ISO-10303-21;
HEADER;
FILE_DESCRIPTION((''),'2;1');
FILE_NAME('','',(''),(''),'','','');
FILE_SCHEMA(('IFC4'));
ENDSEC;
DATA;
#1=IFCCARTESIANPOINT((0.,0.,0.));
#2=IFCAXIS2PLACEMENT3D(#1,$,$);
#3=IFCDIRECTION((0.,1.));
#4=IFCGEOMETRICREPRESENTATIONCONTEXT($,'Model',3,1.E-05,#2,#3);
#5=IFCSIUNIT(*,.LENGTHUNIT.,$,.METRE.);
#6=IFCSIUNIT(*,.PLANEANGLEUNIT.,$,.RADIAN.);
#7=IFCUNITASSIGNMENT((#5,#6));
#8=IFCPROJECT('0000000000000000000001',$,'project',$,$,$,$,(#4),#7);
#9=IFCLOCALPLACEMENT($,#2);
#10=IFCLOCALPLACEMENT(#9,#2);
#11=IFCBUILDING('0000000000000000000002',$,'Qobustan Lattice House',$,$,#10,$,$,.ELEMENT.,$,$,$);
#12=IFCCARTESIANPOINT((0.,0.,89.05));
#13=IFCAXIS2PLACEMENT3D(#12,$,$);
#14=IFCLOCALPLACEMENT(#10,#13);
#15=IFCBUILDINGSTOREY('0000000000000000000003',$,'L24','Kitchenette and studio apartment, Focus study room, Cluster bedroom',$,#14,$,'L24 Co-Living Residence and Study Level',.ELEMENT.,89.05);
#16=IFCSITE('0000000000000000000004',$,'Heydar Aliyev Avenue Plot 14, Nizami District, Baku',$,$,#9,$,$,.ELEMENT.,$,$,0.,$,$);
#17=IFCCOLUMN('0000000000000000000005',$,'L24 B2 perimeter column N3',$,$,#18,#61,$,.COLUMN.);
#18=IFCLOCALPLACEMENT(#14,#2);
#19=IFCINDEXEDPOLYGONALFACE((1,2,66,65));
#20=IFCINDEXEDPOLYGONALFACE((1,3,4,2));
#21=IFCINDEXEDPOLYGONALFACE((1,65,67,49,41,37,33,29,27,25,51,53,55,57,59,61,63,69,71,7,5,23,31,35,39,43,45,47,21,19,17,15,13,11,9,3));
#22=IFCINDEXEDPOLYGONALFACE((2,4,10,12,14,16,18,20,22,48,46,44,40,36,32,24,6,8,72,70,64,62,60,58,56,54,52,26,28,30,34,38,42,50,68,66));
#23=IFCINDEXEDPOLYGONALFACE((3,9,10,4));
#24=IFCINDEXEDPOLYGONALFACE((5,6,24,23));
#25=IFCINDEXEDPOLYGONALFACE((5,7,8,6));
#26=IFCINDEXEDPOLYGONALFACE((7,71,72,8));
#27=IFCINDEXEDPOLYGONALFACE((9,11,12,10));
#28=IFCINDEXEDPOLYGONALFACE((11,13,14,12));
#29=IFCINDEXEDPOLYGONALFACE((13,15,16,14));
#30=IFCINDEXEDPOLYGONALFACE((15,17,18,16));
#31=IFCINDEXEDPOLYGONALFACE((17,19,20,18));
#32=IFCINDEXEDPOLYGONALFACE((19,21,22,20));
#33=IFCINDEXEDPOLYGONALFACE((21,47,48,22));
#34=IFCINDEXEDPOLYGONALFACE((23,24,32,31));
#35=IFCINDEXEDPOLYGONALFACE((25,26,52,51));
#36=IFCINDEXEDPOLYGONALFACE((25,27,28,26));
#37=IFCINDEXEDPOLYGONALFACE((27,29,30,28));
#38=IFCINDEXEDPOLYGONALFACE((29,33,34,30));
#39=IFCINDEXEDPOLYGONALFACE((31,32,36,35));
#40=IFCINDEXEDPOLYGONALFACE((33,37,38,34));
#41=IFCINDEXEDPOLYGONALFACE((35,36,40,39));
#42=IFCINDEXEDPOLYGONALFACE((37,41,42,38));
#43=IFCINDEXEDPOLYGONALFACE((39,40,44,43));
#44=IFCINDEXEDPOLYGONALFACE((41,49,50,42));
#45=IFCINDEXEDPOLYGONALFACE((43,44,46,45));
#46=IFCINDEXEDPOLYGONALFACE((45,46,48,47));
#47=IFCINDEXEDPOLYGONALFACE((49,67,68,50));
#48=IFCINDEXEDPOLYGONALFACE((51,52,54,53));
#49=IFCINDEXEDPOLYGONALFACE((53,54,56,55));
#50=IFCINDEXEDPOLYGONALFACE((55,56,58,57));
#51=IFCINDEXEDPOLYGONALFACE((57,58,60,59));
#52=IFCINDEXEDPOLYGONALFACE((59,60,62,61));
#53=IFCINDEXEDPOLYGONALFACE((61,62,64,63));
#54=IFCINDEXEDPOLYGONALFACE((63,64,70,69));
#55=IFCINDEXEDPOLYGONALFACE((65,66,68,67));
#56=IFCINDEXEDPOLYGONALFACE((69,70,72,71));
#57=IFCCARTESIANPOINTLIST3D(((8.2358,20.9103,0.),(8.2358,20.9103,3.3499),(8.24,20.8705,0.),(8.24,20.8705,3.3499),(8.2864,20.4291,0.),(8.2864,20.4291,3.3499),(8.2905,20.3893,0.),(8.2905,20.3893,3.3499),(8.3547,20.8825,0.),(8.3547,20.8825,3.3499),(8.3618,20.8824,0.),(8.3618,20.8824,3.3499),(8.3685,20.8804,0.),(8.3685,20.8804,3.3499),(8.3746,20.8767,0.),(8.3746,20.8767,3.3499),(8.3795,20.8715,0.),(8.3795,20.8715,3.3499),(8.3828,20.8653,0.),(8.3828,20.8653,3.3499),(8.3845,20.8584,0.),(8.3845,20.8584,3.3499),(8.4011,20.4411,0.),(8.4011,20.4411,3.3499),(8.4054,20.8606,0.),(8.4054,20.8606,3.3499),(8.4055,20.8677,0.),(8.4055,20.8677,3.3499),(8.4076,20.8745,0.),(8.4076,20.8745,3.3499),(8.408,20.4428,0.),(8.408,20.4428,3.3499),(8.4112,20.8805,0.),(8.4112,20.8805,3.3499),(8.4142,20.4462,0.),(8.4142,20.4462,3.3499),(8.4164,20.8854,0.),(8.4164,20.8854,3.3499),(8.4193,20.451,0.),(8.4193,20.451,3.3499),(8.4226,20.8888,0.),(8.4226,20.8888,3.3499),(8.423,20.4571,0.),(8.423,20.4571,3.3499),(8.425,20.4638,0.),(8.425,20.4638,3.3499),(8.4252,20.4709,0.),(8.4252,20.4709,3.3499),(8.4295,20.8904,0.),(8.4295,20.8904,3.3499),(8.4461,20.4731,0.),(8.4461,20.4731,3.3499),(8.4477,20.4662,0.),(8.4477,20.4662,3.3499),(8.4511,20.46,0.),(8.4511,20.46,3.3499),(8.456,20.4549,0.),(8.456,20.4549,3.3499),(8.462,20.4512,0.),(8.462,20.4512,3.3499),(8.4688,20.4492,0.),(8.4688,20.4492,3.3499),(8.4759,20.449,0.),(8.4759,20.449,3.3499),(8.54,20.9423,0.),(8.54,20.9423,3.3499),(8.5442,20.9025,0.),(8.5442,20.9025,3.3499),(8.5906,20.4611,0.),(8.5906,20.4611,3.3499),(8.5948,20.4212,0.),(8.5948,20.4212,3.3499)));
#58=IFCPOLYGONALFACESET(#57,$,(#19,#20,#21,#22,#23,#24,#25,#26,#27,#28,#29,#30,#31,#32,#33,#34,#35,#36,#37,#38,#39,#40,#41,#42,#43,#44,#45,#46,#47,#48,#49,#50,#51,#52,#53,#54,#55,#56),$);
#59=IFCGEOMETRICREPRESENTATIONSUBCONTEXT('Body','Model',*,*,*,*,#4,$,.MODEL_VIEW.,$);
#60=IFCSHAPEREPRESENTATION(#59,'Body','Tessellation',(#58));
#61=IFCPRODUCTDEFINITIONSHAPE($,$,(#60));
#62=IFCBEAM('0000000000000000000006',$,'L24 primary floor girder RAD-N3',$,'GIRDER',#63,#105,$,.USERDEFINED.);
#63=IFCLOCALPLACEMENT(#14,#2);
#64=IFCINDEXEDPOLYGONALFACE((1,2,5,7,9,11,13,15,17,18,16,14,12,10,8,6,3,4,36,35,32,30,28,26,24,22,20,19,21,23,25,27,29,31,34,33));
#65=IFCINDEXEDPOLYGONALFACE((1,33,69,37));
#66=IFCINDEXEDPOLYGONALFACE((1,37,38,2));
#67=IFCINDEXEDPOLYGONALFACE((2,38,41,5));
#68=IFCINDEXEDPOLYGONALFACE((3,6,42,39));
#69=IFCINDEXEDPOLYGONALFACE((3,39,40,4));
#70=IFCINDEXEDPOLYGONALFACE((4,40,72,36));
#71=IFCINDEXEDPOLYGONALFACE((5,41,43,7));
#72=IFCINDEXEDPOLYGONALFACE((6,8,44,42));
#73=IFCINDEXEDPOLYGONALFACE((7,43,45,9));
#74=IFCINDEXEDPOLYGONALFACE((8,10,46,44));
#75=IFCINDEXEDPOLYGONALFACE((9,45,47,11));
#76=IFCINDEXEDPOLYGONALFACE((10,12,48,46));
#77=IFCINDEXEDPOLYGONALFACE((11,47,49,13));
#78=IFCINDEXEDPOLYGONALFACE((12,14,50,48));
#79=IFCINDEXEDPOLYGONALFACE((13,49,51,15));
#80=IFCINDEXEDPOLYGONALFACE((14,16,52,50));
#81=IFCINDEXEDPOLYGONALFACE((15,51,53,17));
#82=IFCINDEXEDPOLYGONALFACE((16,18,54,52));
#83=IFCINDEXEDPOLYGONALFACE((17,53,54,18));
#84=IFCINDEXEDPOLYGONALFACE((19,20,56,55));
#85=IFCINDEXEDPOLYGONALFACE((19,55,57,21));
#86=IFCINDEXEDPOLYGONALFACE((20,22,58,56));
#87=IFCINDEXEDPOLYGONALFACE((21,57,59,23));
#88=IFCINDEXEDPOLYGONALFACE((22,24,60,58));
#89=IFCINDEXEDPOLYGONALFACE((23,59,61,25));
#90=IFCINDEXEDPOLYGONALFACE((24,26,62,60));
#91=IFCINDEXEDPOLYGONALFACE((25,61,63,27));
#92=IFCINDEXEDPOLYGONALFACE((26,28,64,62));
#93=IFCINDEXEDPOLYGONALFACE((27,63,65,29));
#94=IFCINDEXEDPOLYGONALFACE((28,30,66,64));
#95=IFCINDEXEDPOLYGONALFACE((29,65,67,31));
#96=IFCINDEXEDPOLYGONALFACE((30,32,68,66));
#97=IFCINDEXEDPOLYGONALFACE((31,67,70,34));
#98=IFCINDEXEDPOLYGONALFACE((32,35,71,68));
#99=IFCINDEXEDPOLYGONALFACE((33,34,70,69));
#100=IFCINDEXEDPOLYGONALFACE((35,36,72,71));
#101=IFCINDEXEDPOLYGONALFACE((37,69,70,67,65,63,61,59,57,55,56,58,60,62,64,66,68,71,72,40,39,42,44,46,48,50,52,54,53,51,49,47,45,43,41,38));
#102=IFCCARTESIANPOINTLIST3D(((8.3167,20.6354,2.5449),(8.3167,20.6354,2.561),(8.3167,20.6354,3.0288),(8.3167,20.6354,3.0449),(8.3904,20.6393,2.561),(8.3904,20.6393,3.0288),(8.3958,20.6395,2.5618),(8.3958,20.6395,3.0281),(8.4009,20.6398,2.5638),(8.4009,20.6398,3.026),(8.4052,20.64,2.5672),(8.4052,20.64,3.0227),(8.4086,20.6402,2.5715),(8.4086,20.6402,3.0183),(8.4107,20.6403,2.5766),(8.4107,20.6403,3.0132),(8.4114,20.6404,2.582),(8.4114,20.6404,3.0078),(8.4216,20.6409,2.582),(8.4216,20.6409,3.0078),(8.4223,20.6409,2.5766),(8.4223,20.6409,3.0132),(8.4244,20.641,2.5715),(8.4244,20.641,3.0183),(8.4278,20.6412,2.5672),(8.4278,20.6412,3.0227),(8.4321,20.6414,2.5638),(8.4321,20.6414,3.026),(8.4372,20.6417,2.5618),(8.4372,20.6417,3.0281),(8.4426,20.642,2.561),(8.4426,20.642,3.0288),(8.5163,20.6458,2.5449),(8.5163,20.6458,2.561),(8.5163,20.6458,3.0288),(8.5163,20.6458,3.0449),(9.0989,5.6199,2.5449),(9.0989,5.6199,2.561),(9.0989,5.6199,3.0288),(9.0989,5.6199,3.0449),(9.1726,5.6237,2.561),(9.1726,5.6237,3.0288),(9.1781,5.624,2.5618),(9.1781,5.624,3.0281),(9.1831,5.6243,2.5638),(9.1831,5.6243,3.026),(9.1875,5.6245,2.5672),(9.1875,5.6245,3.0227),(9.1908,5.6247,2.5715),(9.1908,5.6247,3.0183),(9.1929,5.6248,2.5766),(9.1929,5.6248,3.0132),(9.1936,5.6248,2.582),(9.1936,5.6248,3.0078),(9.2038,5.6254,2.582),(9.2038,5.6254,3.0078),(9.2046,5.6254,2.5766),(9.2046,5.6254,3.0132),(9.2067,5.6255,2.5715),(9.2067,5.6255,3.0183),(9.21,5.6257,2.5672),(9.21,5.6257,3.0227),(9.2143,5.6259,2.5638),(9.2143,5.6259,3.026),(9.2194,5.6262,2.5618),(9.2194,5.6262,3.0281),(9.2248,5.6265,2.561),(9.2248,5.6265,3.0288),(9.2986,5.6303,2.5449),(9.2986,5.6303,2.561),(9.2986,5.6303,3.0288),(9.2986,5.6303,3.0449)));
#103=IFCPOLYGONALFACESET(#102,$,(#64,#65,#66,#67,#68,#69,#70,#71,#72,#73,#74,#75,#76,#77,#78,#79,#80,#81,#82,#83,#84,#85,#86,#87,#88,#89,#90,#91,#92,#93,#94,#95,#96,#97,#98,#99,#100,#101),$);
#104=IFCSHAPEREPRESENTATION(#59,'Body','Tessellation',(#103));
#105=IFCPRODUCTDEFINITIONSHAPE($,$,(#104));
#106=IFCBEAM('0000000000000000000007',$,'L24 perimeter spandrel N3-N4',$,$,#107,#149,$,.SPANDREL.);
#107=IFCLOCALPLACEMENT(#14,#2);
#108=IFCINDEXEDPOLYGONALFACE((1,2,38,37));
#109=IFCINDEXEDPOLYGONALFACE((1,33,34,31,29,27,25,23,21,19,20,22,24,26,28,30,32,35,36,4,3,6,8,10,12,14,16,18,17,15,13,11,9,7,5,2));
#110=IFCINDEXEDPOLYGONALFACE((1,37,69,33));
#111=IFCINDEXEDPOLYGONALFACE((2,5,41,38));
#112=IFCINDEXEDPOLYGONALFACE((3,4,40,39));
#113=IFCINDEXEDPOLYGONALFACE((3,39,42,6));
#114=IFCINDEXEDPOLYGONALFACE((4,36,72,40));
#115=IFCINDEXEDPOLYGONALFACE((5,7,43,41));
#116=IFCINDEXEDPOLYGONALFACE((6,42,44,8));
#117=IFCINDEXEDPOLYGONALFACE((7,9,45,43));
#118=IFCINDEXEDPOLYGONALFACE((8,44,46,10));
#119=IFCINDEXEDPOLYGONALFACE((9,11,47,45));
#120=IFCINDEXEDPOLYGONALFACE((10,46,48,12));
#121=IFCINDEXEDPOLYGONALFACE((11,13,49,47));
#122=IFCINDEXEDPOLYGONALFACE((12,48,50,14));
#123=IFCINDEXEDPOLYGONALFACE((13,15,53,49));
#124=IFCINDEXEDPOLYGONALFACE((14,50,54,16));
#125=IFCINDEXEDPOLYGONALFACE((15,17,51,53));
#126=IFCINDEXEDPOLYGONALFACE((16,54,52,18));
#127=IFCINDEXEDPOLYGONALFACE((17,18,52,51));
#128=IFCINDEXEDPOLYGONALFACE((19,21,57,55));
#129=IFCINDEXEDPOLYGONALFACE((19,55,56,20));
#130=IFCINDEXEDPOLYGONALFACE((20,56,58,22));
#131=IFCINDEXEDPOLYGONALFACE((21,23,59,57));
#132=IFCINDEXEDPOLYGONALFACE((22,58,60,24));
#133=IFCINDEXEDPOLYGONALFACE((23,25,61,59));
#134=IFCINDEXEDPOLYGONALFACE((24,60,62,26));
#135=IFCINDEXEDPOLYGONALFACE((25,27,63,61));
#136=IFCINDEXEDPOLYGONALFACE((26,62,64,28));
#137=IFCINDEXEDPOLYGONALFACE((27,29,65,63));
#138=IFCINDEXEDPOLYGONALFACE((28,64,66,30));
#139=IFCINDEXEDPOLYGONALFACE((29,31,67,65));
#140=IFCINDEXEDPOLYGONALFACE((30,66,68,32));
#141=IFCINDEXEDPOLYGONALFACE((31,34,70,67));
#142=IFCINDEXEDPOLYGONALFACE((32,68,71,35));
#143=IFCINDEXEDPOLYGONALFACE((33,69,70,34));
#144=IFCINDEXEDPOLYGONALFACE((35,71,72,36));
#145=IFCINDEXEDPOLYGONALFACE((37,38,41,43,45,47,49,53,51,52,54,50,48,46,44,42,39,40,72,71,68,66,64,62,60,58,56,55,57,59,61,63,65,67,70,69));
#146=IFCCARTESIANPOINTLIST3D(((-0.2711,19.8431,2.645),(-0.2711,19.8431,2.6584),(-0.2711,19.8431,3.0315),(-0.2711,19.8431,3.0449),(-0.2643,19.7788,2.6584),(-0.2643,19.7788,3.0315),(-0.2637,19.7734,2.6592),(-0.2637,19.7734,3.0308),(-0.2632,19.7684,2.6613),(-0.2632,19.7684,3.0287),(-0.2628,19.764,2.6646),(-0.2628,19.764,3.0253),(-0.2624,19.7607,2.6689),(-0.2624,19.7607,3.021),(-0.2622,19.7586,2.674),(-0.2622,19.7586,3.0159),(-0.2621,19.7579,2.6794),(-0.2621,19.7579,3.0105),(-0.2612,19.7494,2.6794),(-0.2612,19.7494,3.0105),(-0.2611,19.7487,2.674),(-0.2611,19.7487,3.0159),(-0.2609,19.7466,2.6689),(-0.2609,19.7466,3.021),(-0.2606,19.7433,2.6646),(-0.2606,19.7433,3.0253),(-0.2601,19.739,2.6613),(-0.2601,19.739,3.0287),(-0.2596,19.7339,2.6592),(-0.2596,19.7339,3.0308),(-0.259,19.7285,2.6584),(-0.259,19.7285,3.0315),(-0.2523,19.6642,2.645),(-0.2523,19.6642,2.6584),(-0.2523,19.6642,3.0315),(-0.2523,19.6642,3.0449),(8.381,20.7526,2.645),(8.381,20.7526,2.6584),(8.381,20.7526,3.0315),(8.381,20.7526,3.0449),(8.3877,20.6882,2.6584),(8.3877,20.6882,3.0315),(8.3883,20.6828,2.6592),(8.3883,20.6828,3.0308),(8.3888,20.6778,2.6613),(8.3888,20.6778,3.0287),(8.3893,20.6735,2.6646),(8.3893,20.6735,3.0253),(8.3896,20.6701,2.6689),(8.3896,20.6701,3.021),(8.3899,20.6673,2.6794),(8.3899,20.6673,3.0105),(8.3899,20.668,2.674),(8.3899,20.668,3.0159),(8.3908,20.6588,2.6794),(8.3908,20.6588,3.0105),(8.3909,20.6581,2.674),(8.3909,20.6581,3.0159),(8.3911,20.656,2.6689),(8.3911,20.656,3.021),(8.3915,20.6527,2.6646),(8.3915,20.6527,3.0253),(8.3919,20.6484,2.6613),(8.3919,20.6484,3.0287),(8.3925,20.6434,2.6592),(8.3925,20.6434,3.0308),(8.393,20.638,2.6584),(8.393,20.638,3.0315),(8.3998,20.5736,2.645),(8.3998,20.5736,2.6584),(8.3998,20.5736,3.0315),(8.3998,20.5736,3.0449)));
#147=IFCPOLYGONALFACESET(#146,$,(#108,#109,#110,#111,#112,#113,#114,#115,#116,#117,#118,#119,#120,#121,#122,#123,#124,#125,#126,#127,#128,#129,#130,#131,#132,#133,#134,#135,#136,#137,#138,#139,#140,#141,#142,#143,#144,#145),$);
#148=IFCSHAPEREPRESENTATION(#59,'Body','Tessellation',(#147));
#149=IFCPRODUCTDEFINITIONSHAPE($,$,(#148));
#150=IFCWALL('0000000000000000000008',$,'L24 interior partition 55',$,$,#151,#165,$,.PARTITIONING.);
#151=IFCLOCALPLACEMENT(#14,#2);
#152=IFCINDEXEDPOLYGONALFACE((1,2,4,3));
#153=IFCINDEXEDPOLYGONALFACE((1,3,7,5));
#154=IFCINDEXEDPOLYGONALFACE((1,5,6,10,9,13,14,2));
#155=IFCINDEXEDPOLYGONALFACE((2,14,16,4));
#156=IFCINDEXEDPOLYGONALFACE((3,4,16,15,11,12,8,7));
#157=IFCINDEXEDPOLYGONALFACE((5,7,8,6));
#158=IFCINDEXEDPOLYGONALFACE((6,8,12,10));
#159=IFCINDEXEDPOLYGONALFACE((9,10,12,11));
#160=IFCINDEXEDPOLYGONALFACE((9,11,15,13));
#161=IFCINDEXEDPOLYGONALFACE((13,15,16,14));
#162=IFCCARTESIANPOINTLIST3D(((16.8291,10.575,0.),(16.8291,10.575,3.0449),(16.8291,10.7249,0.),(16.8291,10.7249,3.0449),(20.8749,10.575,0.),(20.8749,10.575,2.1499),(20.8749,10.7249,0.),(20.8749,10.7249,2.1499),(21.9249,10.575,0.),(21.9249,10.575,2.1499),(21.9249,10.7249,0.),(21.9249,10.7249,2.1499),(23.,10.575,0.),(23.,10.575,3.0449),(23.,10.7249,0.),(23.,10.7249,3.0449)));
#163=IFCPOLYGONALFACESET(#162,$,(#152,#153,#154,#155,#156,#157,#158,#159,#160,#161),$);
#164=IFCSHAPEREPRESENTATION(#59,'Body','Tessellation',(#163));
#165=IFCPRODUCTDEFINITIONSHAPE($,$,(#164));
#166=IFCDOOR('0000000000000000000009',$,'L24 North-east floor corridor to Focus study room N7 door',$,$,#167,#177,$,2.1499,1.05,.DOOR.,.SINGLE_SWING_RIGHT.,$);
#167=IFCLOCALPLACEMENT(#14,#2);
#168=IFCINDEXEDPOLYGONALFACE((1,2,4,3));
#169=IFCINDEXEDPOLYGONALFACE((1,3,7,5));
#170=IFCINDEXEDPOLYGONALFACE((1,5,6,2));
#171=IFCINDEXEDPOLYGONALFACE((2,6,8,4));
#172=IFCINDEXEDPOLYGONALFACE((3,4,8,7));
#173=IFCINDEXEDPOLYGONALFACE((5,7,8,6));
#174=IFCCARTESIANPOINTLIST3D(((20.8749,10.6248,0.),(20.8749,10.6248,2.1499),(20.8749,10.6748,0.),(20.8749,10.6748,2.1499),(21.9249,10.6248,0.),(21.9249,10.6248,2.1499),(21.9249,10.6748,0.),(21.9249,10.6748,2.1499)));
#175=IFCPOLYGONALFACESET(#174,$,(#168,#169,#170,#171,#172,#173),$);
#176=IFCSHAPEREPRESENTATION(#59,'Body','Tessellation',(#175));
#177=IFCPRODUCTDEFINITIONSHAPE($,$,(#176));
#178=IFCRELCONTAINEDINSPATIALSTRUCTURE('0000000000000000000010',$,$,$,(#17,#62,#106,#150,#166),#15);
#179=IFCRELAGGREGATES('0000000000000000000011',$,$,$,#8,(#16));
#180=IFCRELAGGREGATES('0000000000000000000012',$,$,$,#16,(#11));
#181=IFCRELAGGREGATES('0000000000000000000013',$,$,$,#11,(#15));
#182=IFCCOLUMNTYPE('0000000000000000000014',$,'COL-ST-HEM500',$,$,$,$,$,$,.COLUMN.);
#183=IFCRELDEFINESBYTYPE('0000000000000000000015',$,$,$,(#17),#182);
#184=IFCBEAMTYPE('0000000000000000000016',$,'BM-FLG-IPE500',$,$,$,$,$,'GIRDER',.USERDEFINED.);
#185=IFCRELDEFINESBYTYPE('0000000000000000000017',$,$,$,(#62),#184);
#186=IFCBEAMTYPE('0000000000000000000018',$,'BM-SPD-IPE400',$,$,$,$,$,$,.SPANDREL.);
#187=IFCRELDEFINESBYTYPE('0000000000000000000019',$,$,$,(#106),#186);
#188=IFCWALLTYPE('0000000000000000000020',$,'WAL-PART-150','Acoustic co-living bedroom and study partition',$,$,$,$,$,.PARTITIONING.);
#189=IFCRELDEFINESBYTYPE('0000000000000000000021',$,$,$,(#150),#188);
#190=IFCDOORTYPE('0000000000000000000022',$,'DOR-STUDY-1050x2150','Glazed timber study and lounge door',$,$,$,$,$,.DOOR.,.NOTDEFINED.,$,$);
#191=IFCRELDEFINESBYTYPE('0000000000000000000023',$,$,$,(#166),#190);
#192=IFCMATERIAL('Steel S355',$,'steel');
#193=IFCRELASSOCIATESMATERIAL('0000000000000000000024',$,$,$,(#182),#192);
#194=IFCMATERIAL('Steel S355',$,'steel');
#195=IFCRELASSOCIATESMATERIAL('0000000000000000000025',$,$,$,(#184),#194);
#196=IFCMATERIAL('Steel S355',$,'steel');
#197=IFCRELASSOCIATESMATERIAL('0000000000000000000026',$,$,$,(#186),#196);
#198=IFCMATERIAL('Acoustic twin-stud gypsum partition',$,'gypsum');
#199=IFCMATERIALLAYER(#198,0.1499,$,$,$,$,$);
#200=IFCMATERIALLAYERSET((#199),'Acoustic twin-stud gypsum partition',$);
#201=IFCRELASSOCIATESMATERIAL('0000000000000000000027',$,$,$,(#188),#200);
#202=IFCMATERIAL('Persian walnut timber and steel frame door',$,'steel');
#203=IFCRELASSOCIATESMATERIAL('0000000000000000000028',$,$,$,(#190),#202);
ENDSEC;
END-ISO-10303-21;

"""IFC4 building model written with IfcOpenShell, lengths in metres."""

from ifc_helpers import new_model, si_unit, direction, frame, frame_2d, origin, origin_2d, place, context, subcontext, project, spatial, rectangle, i_section, extrude, material, layer, layer_set, material_profile, profile_set, type_object, element, fill, save


model = new_model("IFC4")

# Units and contexts
model_context = context("Model", 3, precision=1e-05, world=origin(), true_north=direction((0.0, 1.0)))
body_context = subcontext(model_context, "Body", "Model", "MODEL_VIEW")
ifc_project = project(units=[si_unit("LENGTHUNIT", "METRE"), si_unit("PLANEANGLEUNIT", "RADIAN")], contexts=[model_context])

# Site, building, storey
site_placement = place(None, origin())
site = spatial("IfcSite", under=ifc_project, at=site_placement, Name="Heydar Aliyev Avenue Plot 14, Nizami District, Baku", CompositionType="ELEMENT", RefElevation=0.0)
building_placement = place(site_placement, origin())
building = spatial("IfcBuilding", under=site, at=building_placement, Name="Qobustan Lattice House", CompositionType="ELEMENT")
storey_placement = place(building_placement, frame((0.0, 0.0, 89.05)))
storey = spatial("IfcBuildingStorey", under=building, at=storey_placement, Name="L24", Description="Kitchenette and studio apartment, Focus study room, Cluster bedroom", LongName="L24 Co-Living Residence and Study Level", CompositionType="ELEMENT", Elevation=89.05)

# Column
ifc_material_1 = material(Name="Steel S355", Category="steel")
ifc_material_profile_1 = material_profile(ifc_material_1, i_section(OverallWidth=0.3059, OverallDepth=0.5239, WebThickness=0.021, FlangeThickness=0.04, FilletRadius=0.0271, at=origin_2d()), Name="HEM500")
ifc_profile_set_1 = profile_set([ifc_material_profile_1], Name="Steel S355")
column_type = type_object("IfcColumnType", Name="COL-ST-HEM500", PredefinedType="COLUMN", material=ifc_profile_set_1)
column_placement = place(storey_placement, frame((8.4153, 20.6658, 0.0), z_axis=(0.0, 0.0, 1.0), x_axis=(0.994522, 0.104528, 0.0)))
element("IfcColumn", 1, at=column_placement, inside=storey, type_object=column_type, Name="L24 B2 perimeter column N3", PredefinedType="COLUMN", context=body_context, shape_type="SweptSolid", body=[
    extrude(i_section(OverallWidth=0.3059, OverallDepth=0.5239, WebThickness=0.021, FlangeThickness=0.04, FilletRadius=0.0271, at=origin_2d()), origin(), (0.0, 0.0, 1.0), 3.3499),
])

# Beams
ifc_material_2 = material(Name="Steel S355", Category="steel")
ifc_material_profile_2 = material_profile(ifc_material_2, i_section(OverallWidth=0.2, OverallDepth=0.5, WebThickness=0.0103, FlangeThickness=0.0161, FilletRadius=0.021, at=origin_2d()), Name="IPE500")
ifc_profile_set_2 = profile_set([ifc_material_profile_2], Name="Steel S355")
beam_type_1 = type_object("IfcBeamType", Name="BM-FLG-IPE500", ElementType="GIRDER", PredefinedType="USERDEFINED", material=ifc_profile_set_2)
beam_1_placement = place(storey_placement, frame((8.4165, 20.6406, 2.7949), z_axis=(0.052024, -0.998646, 0.0), x_axis=(0.998646, 0.052024, 0.0)))
element("IfcBeam", 2, at=beam_1_placement, inside=storey, type_object=beam_type_1, Name="L24 primary floor girder RAD-N3", ObjectType="GIRDER", PredefinedType="USERDEFINED", context=body_context, shape_type="SweptSolid", body=[
    extrude(i_section(OverallWidth=0.2, OverallDepth=0.5, WebThickness=0.0103, FlangeThickness=0.0161, FilletRadius=0.021, at=origin_2d()), origin(), (0.0, 0.0, 1.0), 15.0359),
])
ifc_material_3 = material(Name="Steel S355", Category="steel")
ifc_material_profile_3 = material_profile(ifc_material_3, i_section(OverallWidth=0.1799, OverallDepth=0.3999, WebThickness=0.0085, FlangeThickness=0.0134, FilletRadius=0.021, at=origin_2d()), Name="IPE400")
ifc_profile_set_3 = profile_set([ifc_material_profile_3], Name="Steel S355")
beam_type_2 = type_object("IfcBeamType", Name="BM-SPD-IPE400", PredefinedType="SPANDREL", material=ifc_profile_set_3)
beam_2_placement = place(storey_placement, frame((8.3904, 20.6631, 2.845), z_axis=(-0.994521, -0.104534, 0.0), x_axis=(0.104534, -0.994521, 0.0)))
element("IfcBeam", 3, at=beam_2_placement, inside=storey, type_object=beam_type_2, Name="L24 perimeter spandrel N3-N4", PredefinedType="SPANDREL", context=body_context, shape_type="SweptSolid", body=[
    extrude(i_section(OverallWidth=0.1799, OverallDepth=0.3999, WebThickness=0.0085, FlangeThickness=0.0134, FilletRadius=0.021, at=origin_2d()), origin(), (0.0, 0.0, 1.0), 8.6997),
])

# Wall, opening, door
ifc_material_4 = material(Name="Acoustic twin-stud gypsum partition", Category="gypsum")
ifc_layer_1 = layer(ifc_material_4, 0.1499)
ifc_layer_set_1 = layer_set([ifc_layer_1], Name="Acoustic twin-stud gypsum partition")
wall_type_1 = type_object("IfcWallType", Name="WAL-PART-150", Description="Acoustic co-living bedroom and study partition", PredefinedType="PARTITIONING", material=ifc_layer_set_1)
wall_1_placement = place(storey_placement, frame((16.8291, 10.6499, 0.0), z_axis=(0.0, 0.0, 1.0), x_axis=(1.0, 0.0, 0.0)))
wall_1 = element("IfcWall", 4, at=wall_1_placement, inside=storey, type_object=wall_type_1, Name="L24 interior partition 55", PredefinedType="PARTITIONING", context=body_context, shape_type="SweptSolid", body=[
    extrude(rectangle(XDim=6.1709, YDim=0.1499, at=frame_2d((3.0854, 0.0))), origin(), (0.0, 0.0, 1.0), 3.0449),
])
opening_1_placement = place(wall_1_placement, frame((4.0459, 0.0, 0.0)))
opening_1 = element("IfcOpeningElement", 5, at=opening_1_placement, cuts=wall_1, PredefinedType="OPENING", context=body_context, shape_type="SweptSolid", body=[
    extrude(rectangle(XDim=1.05, YDim=2.1499, at=frame_2d((0.5249, 1.075))), frame((0.0, 0.085, 0.0), z_axis=(0.0, -1.0, 0.0), x_axis=(1.0, 0.0, 0.0)), (0.0, 0.0, 1.0), 0.1699),
])
ifc_material_5 = material(Name="Persian walnut timber and steel frame door", Category="steel")
door_type_1 = type_object("IfcDoorType", Name="DOR-STUDY-1050x2150", Description="Glazed timber study and lounge door", OperationType="NOTDEFINED", PredefinedType="DOOR", material=ifc_material_5)
door_1_placement = place(opening_1_placement, origin())
door_1 = element("IfcDoor", 6, at=door_1_placement, inside=storey, type_object=door_type_1, Name="L24 North-east floor corridor to Focus study room N7 door", OperationType="SINGLE_SWING_RIGHT", OverallHeight=2.1499, OverallWidth=1.05, PredefinedType="DOOR", context=body_context, shape_type="SweptSolid", body=[
    extrude(rectangle(XDim=1.05, YDim=2.1499, at=frame_2d((0.5249, 1.075))), frame((0.0, 0.0249, 0.0), z_axis=(0.0, -1.0, 0.0), x_axis=(1.0, 0.0, 0.0)), (0.0, 0.0, 1.0), 0.05),
])
fill(opening_1, door_1)

save(model, "model.ifc")
